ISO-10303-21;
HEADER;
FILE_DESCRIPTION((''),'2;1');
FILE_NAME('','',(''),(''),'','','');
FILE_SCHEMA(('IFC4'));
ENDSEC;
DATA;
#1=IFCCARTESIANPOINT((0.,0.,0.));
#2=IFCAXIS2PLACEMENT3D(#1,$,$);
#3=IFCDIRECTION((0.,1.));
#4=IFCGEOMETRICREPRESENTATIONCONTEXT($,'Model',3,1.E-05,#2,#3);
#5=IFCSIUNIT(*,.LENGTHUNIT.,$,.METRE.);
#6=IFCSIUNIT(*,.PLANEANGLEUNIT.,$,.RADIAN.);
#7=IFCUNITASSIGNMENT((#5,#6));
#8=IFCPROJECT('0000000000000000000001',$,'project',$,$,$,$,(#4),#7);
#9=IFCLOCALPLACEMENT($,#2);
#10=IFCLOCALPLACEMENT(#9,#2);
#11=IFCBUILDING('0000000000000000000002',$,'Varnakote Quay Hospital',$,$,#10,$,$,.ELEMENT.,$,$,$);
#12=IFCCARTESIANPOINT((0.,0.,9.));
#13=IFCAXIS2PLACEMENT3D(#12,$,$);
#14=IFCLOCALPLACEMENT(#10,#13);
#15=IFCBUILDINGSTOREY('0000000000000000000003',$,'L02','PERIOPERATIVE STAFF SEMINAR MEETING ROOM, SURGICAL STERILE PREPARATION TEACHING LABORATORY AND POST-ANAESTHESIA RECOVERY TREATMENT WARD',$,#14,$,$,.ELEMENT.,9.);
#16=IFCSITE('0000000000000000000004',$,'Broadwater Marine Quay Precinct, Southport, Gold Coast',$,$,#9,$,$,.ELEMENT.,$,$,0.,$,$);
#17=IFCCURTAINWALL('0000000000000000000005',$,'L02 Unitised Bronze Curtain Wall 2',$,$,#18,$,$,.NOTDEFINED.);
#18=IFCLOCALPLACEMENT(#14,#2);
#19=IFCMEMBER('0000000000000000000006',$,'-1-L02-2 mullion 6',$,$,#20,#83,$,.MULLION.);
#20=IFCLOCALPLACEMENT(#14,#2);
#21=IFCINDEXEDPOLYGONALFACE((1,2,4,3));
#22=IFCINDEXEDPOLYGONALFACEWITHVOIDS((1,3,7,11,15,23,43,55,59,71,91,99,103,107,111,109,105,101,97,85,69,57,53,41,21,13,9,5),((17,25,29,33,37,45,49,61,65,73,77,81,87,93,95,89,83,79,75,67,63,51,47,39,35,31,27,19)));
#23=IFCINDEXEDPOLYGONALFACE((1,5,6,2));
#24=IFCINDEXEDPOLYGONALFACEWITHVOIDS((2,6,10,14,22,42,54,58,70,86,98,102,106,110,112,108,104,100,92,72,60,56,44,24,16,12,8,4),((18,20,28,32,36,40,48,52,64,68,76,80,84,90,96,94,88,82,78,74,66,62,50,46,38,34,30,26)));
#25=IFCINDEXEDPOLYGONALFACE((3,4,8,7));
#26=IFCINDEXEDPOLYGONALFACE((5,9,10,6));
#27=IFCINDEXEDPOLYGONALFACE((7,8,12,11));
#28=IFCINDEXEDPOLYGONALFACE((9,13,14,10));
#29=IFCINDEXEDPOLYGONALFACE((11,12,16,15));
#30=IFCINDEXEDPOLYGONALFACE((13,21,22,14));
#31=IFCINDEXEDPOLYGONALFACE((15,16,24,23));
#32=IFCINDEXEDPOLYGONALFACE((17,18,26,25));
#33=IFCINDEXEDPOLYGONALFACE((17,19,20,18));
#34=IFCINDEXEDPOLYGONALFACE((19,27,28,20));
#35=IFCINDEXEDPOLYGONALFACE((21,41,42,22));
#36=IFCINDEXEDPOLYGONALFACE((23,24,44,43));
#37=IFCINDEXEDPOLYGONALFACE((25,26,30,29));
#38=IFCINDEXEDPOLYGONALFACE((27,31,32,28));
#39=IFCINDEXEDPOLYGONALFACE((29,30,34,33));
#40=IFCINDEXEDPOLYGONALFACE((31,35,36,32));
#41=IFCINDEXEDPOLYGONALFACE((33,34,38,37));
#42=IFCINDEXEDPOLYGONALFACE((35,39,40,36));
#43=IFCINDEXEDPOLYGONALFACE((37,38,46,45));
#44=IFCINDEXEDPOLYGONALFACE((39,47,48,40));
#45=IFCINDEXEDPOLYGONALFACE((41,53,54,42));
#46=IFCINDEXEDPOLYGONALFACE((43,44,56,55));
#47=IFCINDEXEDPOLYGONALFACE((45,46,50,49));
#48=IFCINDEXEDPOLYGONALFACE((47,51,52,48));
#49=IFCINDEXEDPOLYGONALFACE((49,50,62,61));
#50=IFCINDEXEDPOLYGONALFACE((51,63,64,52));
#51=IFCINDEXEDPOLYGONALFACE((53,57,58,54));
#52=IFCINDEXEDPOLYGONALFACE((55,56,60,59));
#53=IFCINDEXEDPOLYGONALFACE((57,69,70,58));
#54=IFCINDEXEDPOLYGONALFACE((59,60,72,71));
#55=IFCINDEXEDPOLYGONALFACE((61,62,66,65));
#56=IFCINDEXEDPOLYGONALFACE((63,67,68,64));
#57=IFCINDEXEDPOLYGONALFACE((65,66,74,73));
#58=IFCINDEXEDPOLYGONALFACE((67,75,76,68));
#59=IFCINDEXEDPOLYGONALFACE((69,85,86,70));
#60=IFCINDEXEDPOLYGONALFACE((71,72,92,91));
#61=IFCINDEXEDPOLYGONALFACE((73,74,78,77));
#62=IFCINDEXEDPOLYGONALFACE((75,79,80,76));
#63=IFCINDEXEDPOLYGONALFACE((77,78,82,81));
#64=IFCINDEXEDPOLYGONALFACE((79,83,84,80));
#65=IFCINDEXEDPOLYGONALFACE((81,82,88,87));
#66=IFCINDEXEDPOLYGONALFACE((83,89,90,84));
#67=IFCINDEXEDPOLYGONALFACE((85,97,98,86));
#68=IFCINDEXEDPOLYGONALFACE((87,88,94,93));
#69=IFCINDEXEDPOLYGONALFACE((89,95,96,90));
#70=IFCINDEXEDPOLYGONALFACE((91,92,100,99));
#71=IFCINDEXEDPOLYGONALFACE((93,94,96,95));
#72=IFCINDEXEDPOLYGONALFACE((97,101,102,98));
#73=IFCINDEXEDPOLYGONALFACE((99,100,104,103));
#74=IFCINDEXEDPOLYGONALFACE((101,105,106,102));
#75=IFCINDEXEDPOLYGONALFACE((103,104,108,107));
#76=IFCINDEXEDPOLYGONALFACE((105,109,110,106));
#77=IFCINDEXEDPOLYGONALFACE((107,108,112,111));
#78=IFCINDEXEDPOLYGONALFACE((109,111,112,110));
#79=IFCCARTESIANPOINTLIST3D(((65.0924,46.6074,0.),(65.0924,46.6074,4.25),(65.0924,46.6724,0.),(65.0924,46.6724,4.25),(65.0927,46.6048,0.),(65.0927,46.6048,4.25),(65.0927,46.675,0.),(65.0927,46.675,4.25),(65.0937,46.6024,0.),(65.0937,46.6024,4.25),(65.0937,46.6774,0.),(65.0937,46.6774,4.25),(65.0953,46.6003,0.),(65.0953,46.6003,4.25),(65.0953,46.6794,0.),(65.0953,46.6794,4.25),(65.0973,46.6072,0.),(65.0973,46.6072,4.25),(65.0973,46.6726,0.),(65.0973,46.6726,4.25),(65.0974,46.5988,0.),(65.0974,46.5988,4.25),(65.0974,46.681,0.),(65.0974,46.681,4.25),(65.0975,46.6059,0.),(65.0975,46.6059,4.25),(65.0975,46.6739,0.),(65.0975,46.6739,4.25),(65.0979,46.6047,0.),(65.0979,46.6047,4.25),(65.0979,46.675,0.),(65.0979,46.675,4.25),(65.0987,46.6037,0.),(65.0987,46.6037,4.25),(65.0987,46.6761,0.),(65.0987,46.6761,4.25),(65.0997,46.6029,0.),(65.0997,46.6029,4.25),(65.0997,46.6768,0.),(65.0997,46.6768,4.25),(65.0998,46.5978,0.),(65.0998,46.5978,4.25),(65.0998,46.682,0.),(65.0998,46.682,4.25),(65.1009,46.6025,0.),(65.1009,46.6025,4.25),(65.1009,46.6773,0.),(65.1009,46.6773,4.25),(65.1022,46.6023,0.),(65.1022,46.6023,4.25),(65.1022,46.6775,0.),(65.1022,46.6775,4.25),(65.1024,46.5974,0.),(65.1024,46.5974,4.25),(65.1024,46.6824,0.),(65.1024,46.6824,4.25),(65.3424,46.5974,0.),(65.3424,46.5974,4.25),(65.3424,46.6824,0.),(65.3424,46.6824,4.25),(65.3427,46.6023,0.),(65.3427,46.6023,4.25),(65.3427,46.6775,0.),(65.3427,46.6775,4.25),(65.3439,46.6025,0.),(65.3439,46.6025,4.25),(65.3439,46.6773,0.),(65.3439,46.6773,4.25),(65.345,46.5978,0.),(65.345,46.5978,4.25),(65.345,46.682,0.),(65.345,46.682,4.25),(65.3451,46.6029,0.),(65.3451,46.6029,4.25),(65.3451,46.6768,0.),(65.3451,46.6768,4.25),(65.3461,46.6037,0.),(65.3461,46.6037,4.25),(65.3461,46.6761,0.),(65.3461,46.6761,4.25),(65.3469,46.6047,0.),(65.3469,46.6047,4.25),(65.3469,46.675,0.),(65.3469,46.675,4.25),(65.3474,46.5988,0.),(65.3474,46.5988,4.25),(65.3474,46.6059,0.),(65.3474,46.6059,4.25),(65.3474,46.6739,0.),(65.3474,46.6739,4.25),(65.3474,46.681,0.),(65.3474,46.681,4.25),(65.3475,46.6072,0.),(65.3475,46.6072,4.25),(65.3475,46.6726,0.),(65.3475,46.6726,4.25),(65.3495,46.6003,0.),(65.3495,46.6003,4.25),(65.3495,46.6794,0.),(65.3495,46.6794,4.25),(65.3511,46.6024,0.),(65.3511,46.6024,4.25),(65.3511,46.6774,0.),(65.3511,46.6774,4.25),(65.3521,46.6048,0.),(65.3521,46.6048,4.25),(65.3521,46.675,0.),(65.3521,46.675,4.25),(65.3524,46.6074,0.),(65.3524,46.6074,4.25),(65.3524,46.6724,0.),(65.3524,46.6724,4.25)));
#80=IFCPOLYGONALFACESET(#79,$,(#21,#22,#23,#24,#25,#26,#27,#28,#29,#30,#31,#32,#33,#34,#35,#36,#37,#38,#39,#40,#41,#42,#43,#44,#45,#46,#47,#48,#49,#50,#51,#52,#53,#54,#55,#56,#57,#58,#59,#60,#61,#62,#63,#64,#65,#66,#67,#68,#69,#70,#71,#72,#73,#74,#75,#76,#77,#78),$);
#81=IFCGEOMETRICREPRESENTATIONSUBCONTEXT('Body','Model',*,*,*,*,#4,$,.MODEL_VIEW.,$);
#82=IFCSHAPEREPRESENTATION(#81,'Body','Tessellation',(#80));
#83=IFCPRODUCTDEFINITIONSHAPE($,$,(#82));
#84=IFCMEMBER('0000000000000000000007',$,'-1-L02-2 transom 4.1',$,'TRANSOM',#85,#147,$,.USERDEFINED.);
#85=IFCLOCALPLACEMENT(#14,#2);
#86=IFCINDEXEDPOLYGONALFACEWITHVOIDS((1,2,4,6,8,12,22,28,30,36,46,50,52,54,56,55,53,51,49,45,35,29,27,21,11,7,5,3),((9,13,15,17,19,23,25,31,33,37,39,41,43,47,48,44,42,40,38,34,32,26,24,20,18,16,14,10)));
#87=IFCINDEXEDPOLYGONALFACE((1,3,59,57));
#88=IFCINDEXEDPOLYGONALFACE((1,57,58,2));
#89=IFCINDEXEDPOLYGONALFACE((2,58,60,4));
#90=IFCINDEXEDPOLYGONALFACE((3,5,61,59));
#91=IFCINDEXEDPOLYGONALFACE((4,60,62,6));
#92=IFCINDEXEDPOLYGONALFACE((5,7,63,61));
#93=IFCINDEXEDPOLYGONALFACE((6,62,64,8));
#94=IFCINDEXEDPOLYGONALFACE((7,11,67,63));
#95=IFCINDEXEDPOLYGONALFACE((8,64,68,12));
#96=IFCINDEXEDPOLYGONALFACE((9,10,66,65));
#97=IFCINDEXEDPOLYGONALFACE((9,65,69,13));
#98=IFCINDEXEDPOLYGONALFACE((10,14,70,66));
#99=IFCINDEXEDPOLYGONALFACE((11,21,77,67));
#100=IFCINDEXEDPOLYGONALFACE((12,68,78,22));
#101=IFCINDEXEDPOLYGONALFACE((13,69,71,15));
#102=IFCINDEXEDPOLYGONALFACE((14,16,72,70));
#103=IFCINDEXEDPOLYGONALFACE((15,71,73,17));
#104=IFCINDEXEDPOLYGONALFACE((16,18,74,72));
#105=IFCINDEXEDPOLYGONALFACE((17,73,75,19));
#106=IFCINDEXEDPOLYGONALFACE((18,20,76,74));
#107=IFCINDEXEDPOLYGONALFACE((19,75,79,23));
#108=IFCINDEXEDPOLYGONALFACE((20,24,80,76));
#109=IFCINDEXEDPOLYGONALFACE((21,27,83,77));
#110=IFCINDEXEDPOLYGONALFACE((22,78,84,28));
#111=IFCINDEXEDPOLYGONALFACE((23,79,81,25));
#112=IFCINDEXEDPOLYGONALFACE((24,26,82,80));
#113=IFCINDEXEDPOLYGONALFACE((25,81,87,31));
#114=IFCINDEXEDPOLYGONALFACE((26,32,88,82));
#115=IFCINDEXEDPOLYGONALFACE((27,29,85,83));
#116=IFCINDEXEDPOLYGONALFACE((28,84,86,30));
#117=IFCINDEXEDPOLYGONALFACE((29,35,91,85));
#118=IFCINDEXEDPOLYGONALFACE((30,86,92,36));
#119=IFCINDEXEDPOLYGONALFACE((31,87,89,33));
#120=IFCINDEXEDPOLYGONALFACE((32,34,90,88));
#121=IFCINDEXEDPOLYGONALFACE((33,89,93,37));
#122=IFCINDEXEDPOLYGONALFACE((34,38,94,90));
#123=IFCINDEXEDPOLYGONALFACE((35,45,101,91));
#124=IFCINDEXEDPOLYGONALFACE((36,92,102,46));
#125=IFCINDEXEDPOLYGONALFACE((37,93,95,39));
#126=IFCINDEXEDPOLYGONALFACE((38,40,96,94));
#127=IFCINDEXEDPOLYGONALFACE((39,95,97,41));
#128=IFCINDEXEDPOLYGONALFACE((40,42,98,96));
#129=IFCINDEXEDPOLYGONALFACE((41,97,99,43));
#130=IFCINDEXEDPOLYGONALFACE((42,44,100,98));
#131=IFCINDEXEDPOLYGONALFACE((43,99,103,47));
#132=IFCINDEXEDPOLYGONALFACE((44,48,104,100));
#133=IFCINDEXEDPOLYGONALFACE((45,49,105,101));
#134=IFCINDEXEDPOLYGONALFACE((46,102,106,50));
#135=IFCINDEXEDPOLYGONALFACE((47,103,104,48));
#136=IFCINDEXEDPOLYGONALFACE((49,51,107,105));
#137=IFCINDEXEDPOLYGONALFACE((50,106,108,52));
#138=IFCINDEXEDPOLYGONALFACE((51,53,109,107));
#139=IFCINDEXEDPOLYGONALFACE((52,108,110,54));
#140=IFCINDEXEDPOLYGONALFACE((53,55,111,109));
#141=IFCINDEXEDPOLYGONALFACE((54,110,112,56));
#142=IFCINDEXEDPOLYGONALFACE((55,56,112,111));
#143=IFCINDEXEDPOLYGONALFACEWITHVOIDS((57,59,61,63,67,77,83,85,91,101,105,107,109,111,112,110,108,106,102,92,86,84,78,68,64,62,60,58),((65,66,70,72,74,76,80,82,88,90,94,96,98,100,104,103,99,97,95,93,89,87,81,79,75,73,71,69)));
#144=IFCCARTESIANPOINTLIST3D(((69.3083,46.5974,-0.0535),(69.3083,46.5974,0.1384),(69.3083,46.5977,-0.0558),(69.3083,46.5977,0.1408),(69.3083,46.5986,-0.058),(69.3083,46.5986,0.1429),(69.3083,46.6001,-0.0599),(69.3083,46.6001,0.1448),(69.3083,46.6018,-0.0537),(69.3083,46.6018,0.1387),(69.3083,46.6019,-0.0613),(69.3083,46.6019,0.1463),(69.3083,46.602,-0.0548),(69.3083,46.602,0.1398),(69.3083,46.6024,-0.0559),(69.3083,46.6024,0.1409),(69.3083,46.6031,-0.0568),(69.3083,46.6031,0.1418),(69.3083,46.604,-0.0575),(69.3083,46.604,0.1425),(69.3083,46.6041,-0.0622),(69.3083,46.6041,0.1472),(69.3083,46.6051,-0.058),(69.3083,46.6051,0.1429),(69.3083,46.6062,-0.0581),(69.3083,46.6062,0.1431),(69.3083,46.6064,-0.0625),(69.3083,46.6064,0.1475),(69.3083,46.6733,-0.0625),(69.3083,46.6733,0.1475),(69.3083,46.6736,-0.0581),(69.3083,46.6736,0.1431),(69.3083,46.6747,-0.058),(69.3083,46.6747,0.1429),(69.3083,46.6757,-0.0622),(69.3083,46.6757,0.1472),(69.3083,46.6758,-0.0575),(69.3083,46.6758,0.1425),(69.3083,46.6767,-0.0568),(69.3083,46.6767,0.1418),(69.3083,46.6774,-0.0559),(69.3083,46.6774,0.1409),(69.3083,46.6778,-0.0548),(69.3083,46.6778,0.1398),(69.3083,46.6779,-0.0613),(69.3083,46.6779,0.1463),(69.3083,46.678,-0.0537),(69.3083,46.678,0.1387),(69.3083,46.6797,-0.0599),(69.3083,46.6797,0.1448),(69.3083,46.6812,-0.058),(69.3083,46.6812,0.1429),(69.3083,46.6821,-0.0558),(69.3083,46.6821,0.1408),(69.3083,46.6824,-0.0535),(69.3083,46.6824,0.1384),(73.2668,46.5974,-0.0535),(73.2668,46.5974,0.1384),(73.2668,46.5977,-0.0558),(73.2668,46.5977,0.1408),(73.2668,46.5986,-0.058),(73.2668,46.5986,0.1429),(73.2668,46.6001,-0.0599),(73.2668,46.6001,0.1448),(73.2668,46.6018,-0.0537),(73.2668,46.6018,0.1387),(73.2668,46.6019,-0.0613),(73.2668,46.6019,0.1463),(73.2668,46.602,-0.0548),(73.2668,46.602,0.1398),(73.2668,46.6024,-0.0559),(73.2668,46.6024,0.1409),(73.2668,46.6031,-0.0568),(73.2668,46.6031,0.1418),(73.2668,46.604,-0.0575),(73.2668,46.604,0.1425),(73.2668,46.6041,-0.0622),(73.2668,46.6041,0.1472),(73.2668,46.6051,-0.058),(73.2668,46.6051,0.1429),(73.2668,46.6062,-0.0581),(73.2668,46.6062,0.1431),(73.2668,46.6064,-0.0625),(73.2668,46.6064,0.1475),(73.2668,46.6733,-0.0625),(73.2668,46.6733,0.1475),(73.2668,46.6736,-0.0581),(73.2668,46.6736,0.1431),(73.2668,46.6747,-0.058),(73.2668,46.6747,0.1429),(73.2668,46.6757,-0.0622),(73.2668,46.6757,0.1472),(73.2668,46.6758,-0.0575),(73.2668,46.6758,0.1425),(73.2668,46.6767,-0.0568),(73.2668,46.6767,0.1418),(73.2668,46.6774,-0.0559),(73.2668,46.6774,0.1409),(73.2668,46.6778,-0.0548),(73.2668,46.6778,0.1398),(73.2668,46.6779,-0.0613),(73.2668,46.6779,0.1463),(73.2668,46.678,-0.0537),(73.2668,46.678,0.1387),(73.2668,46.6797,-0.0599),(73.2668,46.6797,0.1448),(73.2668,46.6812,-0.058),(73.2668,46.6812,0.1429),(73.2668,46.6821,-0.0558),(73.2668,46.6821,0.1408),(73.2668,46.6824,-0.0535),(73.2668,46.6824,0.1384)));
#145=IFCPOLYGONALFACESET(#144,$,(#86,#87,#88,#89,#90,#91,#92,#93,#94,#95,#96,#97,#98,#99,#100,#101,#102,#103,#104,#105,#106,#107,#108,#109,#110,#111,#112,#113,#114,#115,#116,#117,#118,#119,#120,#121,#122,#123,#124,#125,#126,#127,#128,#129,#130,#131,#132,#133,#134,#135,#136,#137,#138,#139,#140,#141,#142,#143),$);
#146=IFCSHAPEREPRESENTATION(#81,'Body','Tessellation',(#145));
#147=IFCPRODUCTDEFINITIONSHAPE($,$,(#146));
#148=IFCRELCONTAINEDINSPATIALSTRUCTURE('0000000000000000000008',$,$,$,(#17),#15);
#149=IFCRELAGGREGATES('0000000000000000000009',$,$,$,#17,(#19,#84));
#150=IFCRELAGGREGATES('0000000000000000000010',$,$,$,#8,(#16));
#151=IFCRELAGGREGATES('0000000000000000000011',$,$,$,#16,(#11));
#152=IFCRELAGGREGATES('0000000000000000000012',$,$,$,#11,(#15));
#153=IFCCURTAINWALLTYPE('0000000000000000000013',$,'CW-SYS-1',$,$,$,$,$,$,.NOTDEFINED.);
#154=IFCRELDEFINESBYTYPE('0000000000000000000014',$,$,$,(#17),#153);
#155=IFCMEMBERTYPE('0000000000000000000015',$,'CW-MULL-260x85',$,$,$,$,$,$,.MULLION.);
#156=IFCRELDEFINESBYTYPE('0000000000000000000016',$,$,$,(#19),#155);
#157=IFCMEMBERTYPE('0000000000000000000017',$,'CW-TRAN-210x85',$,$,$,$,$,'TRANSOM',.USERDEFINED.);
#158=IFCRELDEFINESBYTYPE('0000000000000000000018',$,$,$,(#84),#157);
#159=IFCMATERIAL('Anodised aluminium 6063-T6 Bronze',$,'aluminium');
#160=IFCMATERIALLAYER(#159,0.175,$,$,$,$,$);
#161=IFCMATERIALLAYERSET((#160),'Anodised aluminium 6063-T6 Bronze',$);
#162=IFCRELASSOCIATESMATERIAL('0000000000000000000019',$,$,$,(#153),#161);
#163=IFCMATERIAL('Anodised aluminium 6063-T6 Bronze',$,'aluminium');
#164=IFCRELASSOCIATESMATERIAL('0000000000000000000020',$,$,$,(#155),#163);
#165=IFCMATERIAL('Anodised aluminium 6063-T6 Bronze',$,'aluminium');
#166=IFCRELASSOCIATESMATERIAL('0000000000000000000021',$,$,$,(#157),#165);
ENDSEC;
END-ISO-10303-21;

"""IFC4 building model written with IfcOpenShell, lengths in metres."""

from ifc_helpers import new_model, si_unit, direction, frame, origin, origin_2d, place, context, subcontext, project, spatial, hollow_rectangle, extrude, material, layer, layer_set, material_profile, profile_set, type_object, element, aggregate, save


model = new_model("IFC4")

# Units and contexts
model_context = context("Model", 3, precision=1e-05, world=origin(), true_north=direction((0.0, 1.0)))
body_context = subcontext(model_context, "Body", "Model", "MODEL_VIEW")
ifc_project = project(units=[si_unit("LENGTHUNIT", "METRE"), si_unit("PLANEANGLEUNIT", "RADIAN")], contexts=[model_context])

# Site, building, storey
site_placement = place(None, origin())
site = spatial("IfcSite", under=ifc_project, at=site_placement, Name="Broadwater Marine Quay Precinct, Southport, Gold Coast", CompositionType="ELEMENT", RefElevation=0.0)
building_placement = place(site_placement, origin())
building = spatial("IfcBuilding", under=site, at=building_placement, Name="Varnakote Quay Hospital", CompositionType="ELEMENT")
storey_placement = place(building_placement, frame((0.0, 0.0, 9.0)))
storey = spatial("IfcBuildingStorey", under=building, at=storey_placement, Name="L02", Description="PERIOPERATIVE STAFF SEMINAR MEETING ROOM, SURGICAL STERILE PREPARATION TEACHING LABORATORY AND POST-ANAESTHESIA RECOVERY TREATMENT WARD", CompositionType="ELEMENT", Elevation=9.0)

# Curtain wall, members
ifc_material_1 = material(Name="Anodised aluminium 6063-T6 Bronze", Category="aluminium")
ifc_layer_1 = layer(ifc_material_1, 0.175)
ifc_layer_set_1 = layer_set([ifc_layer_1], Name="Anodised aluminium 6063-T6 Bronze")
curtain_wall_type = type_object("IfcCurtainWallType", Name="CW-SYS-1", PredefinedType="NOTDEFINED", material=ifc_layer_set_1)
curtain_wall_placement = place(storey_placement, origin())
curtain_wall = element("IfcCurtainWall", 1, at=curtain_wall_placement, inside=storey, type_object=curtain_wall_type, Name="L02 Unitised Bronze Curtain Wall 2", PredefinedType="NOTDEFINED")
ifc_material_2 = material(Name="Anodised aluminium 6063-T6 Bronze", Category="aluminium")
ifc_material_profile_1 = material_profile(ifc_material_2, hollow_rectangle(XDim=0.085, YDim=0.26, WallThickness=0.0049, InnerFilletRadius=0.0049, OuterFilletRadius=0.01, at=origin_2d()), Name="CW-MULL-260x85")
ifc_profile_set_1 = profile_set([ifc_material_profile_1], Name="Anodised aluminium 6063-T6 Bronze")
member_type_1 = type_object("IfcMemberType", Name="CW-MULL-260x85", PredefinedType="MULLION", material=ifc_profile_set_1)
member_1_placement = place(storey_placement, frame((65.2224, 46.6399, 0.0), z_axis=(0.0, 0.0, 1.0), x_axis=(0.0, -1.0, 0.0)))
member_1 = element("IfcMember", 2, at=member_1_placement, type_object=member_type_1, Name="-1-L02-2 mullion 6", PredefinedType="MULLION", context=body_context, shape_type="SweptSolid", body=[
    extrude(hollow_rectangle(XDim=0.085, YDim=0.26, WallThickness=0.0049, InnerFilletRadius=0.0049, OuterFilletRadius=0.01, at=origin_2d()), origin(), (0.0, 0.0, 1.0), 4.25),
])
ifc_material_3 = material(Name="Anodised aluminium 6063-T6 Bronze", Category="aluminium")
ifc_material_profile_2 = material_profile(ifc_material_3, hollow_rectangle(XDim=0.085, YDim=0.21, WallThickness=0.0044, InnerFilletRadius=0.0044, OuterFilletRadius=0.009, at=origin_2d()), Name="CW-TRAN-210x85")
ifc_profile_set_2 = profile_set([ifc_material_profile_2], Name="Anodised aluminium 6063-T6 Bronze")
member_type_2 = type_object("IfcMemberType", Name="CW-TRAN-210x85", ElementType="TRANSOM", PredefinedType="USERDEFINED", material=ifc_profile_set_2)
member_2_placement = place(storey_placement, frame((73.2668, 46.6399, 0.0425), z_axis=(-1.0, 0.0, 0.0), x_axis=(0.0, -1.0, 0.0)))
member_2 = element("IfcMember", 3, at=member_2_placement, type_object=member_type_2, Name="-1-L02-2 transom 4.1", ObjectType="TRANSOM", PredefinedType="USERDEFINED", context=body_context, shape_type="SweptSolid", body=[
    extrude(hollow_rectangle(XDim=0.085, YDim=0.21, WallThickness=0.0044, InnerFilletRadius=0.0044, OuterFilletRadius=0.009, at=origin_2d()), origin(), (0.0, 0.0, 1.0), 3.9585),
])

aggregate(curtain_wall, [member_1, member_2])

save(model, "model.ifc")
